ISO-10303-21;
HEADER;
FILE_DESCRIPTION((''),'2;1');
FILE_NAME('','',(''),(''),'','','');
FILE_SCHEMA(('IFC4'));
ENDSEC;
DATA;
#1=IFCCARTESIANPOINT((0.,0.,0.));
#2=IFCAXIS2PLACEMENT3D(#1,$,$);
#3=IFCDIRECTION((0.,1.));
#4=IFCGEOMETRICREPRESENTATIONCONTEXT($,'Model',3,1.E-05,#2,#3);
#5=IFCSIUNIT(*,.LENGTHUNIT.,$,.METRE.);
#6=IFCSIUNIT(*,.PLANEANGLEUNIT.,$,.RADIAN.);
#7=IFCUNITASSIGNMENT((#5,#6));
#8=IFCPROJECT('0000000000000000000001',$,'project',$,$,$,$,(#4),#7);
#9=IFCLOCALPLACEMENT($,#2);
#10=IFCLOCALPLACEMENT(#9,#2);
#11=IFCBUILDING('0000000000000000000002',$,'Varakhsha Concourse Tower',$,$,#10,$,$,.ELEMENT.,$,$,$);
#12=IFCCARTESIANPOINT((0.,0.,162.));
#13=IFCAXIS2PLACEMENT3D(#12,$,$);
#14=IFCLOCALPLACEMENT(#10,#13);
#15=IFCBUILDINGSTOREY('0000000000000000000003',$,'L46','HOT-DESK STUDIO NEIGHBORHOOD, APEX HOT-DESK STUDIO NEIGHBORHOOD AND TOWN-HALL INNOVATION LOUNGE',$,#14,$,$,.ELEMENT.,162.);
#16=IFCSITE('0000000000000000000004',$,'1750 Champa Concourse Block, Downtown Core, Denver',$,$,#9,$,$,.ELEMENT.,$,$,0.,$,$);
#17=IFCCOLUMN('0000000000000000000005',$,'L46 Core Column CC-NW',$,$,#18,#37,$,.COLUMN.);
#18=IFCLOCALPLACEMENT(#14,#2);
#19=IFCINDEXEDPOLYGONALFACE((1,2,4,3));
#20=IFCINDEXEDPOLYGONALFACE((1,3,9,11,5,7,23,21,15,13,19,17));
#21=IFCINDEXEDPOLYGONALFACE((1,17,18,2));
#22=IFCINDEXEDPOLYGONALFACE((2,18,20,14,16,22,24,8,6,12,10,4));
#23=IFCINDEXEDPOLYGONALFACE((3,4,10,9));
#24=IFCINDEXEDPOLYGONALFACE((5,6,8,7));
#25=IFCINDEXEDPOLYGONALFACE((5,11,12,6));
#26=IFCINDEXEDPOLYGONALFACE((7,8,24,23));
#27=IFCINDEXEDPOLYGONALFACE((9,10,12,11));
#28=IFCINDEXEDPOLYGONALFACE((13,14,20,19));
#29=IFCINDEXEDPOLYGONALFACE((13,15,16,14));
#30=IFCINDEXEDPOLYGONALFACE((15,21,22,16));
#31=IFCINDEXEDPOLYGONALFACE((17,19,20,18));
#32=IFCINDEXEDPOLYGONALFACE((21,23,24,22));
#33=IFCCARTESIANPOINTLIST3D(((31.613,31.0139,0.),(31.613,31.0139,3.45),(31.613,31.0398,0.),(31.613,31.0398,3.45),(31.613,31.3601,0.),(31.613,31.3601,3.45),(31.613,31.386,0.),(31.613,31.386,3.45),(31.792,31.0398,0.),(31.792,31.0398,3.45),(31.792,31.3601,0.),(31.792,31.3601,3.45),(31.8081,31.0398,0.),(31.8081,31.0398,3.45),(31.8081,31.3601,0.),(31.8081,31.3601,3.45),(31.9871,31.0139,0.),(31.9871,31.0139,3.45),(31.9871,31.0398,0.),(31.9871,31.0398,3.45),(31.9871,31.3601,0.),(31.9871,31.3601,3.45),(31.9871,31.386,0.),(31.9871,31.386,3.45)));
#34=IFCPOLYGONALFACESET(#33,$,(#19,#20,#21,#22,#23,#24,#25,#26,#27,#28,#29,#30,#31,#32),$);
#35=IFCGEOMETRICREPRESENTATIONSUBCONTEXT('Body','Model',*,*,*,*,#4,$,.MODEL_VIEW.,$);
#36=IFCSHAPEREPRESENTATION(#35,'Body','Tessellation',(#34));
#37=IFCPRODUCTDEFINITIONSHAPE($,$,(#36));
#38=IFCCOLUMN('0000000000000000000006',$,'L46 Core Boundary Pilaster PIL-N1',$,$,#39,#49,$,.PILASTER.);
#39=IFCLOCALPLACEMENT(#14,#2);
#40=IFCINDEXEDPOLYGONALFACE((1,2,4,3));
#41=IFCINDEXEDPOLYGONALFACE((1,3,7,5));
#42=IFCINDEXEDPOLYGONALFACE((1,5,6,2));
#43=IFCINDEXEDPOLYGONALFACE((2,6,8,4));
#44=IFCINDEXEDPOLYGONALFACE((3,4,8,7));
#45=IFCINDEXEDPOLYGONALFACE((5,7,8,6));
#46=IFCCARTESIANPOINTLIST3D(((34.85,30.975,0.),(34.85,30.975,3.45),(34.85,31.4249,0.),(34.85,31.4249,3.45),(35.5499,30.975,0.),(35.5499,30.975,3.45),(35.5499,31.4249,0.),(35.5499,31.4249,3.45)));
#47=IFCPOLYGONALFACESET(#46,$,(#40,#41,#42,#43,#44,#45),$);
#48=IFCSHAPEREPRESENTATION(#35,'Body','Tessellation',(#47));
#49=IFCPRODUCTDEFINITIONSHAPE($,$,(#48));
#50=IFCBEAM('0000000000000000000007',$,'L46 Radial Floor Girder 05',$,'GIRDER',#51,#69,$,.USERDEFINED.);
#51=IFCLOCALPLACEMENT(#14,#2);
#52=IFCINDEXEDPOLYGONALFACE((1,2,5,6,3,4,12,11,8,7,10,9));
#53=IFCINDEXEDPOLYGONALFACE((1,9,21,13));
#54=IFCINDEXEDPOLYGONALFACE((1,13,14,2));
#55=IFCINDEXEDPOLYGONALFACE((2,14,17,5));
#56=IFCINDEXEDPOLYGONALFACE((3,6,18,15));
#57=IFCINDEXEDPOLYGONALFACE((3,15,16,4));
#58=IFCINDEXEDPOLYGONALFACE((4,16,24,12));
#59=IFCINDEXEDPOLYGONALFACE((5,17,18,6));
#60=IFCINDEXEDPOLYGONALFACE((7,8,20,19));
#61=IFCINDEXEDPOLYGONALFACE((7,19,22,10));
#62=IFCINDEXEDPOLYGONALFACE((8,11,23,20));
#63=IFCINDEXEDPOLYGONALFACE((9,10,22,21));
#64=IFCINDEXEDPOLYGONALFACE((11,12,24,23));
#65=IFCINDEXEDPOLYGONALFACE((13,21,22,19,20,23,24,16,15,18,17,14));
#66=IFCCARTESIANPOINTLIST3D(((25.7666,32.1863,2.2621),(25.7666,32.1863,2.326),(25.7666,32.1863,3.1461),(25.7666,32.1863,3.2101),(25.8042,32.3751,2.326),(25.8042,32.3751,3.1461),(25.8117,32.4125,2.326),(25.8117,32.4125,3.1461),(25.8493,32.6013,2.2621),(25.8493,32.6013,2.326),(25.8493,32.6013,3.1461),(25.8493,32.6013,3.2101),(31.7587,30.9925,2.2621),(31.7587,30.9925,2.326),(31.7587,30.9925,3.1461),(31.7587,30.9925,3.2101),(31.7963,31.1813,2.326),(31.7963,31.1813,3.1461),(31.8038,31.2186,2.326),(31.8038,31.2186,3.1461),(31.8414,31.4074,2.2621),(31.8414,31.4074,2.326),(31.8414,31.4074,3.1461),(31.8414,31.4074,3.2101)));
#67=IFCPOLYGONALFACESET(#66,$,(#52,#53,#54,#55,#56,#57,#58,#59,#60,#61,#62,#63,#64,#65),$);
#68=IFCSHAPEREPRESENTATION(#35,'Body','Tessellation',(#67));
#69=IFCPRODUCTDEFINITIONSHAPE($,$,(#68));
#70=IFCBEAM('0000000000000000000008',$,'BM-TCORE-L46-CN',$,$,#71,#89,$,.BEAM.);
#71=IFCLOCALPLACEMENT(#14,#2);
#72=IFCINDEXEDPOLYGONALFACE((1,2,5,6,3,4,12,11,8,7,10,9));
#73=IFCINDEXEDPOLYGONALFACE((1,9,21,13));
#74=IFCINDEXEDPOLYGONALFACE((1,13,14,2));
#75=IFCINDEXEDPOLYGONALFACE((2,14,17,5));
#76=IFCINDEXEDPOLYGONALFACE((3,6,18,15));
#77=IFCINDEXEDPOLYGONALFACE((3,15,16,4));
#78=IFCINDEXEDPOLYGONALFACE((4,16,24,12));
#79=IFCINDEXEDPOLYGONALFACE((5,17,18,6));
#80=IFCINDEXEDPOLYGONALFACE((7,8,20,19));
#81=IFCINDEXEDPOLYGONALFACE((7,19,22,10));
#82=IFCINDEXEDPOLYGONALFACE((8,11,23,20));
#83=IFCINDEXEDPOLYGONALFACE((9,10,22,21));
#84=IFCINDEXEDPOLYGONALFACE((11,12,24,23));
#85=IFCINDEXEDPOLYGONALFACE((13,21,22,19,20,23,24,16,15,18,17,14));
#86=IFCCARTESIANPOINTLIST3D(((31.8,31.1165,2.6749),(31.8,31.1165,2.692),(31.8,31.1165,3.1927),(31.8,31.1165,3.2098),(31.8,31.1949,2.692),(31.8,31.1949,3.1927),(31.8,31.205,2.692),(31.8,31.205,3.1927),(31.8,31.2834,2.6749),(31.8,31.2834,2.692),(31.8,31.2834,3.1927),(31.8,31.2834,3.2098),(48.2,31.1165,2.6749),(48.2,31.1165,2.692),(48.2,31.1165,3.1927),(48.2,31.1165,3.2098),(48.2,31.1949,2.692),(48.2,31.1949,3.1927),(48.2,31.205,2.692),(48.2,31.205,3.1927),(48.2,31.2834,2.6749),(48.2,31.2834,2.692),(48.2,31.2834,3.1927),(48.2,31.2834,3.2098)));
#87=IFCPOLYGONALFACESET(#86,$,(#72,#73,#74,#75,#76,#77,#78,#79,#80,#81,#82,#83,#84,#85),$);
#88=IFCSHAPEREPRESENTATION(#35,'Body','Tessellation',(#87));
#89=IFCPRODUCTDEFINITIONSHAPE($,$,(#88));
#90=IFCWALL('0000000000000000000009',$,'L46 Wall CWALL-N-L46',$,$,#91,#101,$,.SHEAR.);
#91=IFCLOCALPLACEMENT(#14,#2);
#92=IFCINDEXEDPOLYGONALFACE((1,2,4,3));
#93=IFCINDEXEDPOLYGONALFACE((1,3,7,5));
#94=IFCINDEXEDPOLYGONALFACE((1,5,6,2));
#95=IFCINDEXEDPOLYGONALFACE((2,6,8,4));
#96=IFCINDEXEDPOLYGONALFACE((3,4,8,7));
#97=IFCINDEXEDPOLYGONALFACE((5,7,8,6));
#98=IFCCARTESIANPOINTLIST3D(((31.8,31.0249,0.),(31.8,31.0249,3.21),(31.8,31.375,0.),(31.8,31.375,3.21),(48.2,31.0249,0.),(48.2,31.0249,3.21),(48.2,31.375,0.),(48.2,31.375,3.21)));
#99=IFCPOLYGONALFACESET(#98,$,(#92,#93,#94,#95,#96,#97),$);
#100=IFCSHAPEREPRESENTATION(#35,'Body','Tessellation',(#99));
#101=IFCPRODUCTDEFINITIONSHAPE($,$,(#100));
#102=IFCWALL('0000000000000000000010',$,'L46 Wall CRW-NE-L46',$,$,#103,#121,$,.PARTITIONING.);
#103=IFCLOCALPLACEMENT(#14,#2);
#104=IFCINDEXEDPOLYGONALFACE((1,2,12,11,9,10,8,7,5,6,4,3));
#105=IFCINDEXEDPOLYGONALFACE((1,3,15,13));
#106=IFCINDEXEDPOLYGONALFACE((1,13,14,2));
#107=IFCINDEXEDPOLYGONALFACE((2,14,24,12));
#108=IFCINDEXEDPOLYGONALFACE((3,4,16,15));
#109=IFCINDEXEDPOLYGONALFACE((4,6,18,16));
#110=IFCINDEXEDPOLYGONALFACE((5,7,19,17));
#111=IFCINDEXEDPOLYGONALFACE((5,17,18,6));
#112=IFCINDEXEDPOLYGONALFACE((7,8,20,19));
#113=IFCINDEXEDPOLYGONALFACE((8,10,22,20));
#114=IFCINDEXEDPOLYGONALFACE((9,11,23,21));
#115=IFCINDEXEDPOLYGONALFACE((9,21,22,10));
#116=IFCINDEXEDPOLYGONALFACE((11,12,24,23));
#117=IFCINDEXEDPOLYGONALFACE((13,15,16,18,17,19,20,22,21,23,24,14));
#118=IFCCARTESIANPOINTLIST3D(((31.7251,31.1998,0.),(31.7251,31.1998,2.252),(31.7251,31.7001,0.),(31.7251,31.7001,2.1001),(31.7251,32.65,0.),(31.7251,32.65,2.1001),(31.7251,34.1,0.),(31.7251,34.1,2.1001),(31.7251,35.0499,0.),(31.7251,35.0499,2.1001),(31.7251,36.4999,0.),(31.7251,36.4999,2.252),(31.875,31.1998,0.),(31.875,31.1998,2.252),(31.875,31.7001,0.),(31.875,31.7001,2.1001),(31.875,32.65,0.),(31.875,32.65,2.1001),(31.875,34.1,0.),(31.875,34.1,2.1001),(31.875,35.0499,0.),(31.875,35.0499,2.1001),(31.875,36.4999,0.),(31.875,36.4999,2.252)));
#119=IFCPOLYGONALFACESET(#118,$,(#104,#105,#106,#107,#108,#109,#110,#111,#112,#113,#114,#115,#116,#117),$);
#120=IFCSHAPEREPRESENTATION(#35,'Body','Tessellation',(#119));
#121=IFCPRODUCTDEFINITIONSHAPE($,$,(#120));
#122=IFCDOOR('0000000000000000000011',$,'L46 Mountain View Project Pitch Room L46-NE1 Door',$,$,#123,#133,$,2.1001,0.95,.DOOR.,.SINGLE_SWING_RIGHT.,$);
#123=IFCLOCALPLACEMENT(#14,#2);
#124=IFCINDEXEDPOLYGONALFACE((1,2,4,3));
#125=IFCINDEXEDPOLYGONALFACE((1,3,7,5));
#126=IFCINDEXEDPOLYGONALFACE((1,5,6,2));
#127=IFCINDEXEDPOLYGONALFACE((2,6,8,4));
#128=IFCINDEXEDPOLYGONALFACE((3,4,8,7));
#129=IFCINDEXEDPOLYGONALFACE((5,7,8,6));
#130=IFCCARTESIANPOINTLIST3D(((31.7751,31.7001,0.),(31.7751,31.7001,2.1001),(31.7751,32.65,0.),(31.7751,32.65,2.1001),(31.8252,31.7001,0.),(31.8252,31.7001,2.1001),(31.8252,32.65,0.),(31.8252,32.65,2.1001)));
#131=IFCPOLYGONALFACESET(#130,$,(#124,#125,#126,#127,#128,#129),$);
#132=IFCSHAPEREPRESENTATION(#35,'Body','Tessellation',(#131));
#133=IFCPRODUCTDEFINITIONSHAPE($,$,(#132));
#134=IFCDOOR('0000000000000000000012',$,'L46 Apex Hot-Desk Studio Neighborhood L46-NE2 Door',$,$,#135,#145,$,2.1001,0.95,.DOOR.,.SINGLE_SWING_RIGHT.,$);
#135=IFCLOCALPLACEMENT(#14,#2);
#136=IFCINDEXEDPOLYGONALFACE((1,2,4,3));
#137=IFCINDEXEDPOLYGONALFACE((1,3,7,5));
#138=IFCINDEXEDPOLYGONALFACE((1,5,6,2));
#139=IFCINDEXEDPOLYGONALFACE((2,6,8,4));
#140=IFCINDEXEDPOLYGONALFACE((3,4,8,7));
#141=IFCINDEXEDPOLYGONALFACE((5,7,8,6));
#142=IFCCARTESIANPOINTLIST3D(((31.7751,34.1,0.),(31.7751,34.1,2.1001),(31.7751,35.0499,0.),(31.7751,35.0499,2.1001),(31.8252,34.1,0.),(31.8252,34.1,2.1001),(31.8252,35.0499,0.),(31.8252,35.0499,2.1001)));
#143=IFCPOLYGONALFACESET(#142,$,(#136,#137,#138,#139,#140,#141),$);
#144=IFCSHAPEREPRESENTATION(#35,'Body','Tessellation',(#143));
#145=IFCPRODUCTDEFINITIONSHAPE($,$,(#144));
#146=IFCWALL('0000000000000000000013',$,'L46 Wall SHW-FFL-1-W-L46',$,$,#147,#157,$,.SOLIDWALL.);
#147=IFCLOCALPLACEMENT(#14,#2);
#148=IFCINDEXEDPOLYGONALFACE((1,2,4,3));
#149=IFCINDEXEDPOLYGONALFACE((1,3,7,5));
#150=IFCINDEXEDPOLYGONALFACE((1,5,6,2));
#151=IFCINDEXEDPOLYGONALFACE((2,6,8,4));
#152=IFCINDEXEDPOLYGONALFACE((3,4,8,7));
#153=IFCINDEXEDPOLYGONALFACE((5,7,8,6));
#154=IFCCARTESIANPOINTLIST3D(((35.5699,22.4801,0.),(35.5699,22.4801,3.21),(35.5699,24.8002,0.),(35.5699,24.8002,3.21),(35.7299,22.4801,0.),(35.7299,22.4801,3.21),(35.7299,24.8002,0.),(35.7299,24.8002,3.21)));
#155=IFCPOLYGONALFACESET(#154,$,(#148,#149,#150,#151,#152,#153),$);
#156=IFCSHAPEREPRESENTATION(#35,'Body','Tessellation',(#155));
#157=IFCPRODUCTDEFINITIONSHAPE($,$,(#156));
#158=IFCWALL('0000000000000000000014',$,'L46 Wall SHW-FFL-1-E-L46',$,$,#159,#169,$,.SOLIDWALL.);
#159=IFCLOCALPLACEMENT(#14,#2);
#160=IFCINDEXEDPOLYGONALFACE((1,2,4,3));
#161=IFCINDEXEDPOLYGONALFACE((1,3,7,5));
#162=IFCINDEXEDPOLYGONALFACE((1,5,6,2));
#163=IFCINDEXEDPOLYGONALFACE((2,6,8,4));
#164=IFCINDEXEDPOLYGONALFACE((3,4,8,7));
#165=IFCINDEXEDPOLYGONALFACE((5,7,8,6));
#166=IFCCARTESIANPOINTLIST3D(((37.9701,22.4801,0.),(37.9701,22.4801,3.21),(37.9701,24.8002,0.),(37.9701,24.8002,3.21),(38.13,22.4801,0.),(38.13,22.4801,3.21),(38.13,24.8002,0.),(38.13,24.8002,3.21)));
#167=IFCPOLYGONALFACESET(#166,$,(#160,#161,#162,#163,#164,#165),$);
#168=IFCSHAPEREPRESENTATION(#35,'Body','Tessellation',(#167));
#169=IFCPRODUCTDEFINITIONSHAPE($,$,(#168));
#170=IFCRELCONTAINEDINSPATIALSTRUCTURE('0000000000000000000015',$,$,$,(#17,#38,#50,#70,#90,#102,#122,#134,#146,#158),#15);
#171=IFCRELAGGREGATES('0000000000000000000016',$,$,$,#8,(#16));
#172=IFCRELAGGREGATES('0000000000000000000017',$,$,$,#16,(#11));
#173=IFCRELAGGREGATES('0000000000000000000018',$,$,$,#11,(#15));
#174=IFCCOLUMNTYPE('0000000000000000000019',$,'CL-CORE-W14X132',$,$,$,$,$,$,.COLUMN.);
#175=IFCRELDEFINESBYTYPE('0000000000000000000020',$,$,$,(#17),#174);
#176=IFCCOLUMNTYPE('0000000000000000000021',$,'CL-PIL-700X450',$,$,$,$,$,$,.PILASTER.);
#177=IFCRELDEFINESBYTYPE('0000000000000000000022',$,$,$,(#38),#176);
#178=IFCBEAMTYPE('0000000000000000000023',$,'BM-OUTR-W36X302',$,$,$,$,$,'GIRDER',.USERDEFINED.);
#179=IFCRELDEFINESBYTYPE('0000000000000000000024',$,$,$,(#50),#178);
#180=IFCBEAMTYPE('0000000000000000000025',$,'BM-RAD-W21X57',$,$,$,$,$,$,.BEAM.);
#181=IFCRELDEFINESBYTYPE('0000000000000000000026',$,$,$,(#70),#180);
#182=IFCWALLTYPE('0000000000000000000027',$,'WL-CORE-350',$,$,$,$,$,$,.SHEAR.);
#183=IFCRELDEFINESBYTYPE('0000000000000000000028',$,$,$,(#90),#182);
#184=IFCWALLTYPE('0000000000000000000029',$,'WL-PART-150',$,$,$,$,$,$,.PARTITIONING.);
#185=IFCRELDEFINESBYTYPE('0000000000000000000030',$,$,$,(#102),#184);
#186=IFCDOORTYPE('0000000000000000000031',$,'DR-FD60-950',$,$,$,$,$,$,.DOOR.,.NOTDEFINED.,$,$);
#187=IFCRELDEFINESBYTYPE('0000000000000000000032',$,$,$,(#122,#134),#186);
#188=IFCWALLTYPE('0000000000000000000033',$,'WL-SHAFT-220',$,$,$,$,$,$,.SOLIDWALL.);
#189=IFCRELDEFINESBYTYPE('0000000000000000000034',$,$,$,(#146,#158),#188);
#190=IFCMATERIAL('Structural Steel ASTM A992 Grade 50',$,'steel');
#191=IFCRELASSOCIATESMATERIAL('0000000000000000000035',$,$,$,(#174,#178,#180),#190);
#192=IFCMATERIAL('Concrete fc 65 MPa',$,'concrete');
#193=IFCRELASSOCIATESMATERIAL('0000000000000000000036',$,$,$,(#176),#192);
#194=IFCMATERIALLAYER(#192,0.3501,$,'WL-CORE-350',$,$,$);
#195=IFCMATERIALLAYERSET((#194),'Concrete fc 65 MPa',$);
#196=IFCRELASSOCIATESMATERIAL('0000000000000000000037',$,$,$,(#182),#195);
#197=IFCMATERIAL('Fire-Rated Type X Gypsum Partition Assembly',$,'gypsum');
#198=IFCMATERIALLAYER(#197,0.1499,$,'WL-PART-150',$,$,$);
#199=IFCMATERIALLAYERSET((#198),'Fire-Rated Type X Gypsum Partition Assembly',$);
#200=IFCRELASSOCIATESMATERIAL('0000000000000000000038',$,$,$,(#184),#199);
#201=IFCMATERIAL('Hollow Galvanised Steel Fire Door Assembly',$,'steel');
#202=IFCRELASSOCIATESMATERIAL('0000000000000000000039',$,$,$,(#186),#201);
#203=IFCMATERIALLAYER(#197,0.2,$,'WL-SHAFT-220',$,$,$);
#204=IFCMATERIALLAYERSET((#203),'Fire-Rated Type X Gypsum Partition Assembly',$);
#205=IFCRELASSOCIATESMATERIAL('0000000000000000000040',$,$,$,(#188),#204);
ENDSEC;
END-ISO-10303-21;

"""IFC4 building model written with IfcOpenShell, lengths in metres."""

from ifc_helpers import new_model, si_unit, direction, frame, frame_2d, origin, origin_2d, place, context, subcontext, project, spatial, rectangle, i_section, extrude, material, layer, layer_set, material_profile, profile_set, type_object, element, fill, save


model = new_model("IFC4")

# Units and contexts
model_context = context("Model", 3, precision=1e-05, world=origin(), true_north=direction((0.0, 1.0)))
body_context = subcontext(model_context, "Body", "Model", "MODEL_VIEW")
ifc_project = project(units=[si_unit("LENGTHUNIT", "METRE"), si_unit("PLANEANGLEUNIT", "RADIAN")], contexts=[model_context])

# Site, building, storey
site_placement = place(None, origin())
site = spatial("IfcSite", under=ifc_project, at=site_placement, Name="1750 Champa Concourse Block, Downtown Core, Denver", CompositionType="ELEMENT", RefElevation=0.0)
building_placement = place(site_placement, origin())
building = spatial("IfcBuilding", under=site, at=building_placement, Name="Varakhsha Concourse Tower", CompositionType="ELEMENT")
storey_placement = place(building_placement, frame((0.0, 0.0, 162.0)))
storey = spatial("IfcBuildingStorey", under=building, at=storey_placement, Name="L46", Description="HOT-DESK STUDIO NEIGHBORHOOD, APEX HOT-DESK STUDIO NEIGHBORHOOD AND TOWN-HALL INNOVATION LOUNGE", CompositionType="ELEMENT", Elevation=162.0)

# Columns
ifc_material_1 = material(Name="Structural Steel ASTM A992 Grade 50", Category="steel")
ifc_material_profile_1 = material_profile(ifc_material_1, i_section(OverallWidth=0.374, OverallDepth=0.3721, WebThickness=0.0161, FlangeThickness=0.0259, at=origin_2d()), Name="W14X132")
ifc_profile_set_1 = profile_set([ifc_material_profile_1], Name="Structural Steel ASTM A992 Grade 50")
column_type_1 = type_object("IfcColumnType", Name="CL-CORE-W14X132", PredefinedType="COLUMN", material=ifc_profile_set_1)
column_1_placement = place(storey_placement, frame((31.8, 31.2, 0.0), z_axis=(0.0, 0.0, 1.0), x_axis=(1.0, 0.0, 0.0)))
element("IfcColumn", 1, at=column_1_placement, inside=storey, type_object=column_type_1, Name="L46 Core Column CC-NW", PredefinedType="COLUMN", context=body_context, shape_type="SweptSolid", body=[
    extrude(i_section(OverallWidth=0.374, OverallDepth=0.3721, WebThickness=0.0161, FlangeThickness=0.0259, at=origin_2d()), origin(), (0.0, 0.0, 1.0), 3.45),
])
ifc_material_2 = material(Name="Concrete fc 65 MPa", Category="concrete")
ifc_material_profile_2 = material_profile(ifc_material_2, rectangle(XDim=0.7, YDim=0.45, at=origin_2d()), Name="RC 700x450")
ifc_profile_set_2 = profile_set([ifc_material_profile_2], Name="Concrete fc 65 MPa")
column_type_2 = type_object("IfcColumnType", Name="CL-PIL-700X450", PredefinedType="PILASTER", material=ifc_profile_set_2)
column_2_placement = place(storey_placement, frame((35.2, 31.2, 0.0), z_axis=(0.0, 0.0, 1.0), x_axis=(1.0, 0.0, 0.0)))
element("IfcColumn", 2, at=column_2_placement, inside=storey, type_object=column_type_2, Name="L46 Core Boundary Pilaster PIL-N1", PredefinedType="PILASTER", context=body_context, shape_type="SweptSolid", body=[
    extrude(rectangle(XDim=0.7, YDim=0.45, at=origin_2d()), origin(), (0.0, 0.0, 1.0), 3.45),
])

# Beams
ifc_material_profile_3 = material_profile(ifc_material_1, i_section(OverallWidth=0.4231, OverallDepth=0.948, WebThickness=0.0381, FlangeThickness=0.064, at=origin_2d()), Name="W36X302")
ifc_profile_set_3 = profile_set([ifc_material_profile_3], Name="Structural Steel ASTM A992 Grade 50")
beam_type_1 = type_object("IfcBeamType", Name="BM-OUTR-W36X302", ElementType="GIRDER", PredefinedType="USERDEFINED", material=ifc_profile_set_3)
beam_1_placement = place(storey_placement, frame((31.8, 31.2, 2.7361), z_axis=(-0.980725, 0.195394, 0.0), x_axis=(-0.195394, -0.980725, 0.0)))
element("IfcBeam", 3, at=beam_1_placement, inside=storey, type_object=beam_type_1, Name="L46 Radial Floor Girder 05", ObjectType="GIRDER", PredefinedType="USERDEFINED", context=body_context, shape_type="SweptSolid", body=[
    extrude(i_section(OverallWidth=0.4231, OverallDepth=0.948, WebThickness=0.0381, FlangeThickness=0.064, at=origin_2d()), origin(), (0.0, 0.0, 1.0), 6.1099),
])
ifc_material_profile_4 = material_profile(ifc_material_1, i_section(OverallWidth=0.167, OverallDepth=0.5349, WebThickness=0.01, FlangeThickness=0.0171, at=origin_2d()), Name="W21X57")
ifc_profile_set_4 = profile_set([ifc_material_profile_4], Name="Structural Steel ASTM A992 Grade 50")
beam_type_2 = type_object("IfcBeamType", Name="BM-RAD-W21X57", PredefinedType="BEAM", material=ifc_profile_set_4)
beam_2_placement = place(storey_placement, frame((31.8, 31.2, 2.9424), z_axis=(1.0, 0.0, 0.0), x_axis=(0.0, 1.0, 0.0)))
element("IfcBeam", 4, at=beam_2_placement, inside=storey, type_object=beam_type_2, Name="BM-TCORE-L46-CN", PredefinedType="BEAM", context=body_context, shape_type="SweptSolid", body=[
    extrude(i_section(OverallWidth=0.167, OverallDepth=0.5349, WebThickness=0.01, FlangeThickness=0.0171, at=origin_2d()), origin(), (0.0, 0.0, 1.0), 16.3999),
])

# Wall
ifc_layer_1 = layer(ifc_material_2, 0.3501, Name="WL-CORE-350")
ifc_layer_set_1 = layer_set([ifc_layer_1], Name="Concrete fc 65 MPa")
wall_type_1 = type_object("IfcWallType", Name="WL-CORE-350", PredefinedType="SHEAR", material=ifc_layer_set_1)
wall_1_placement = place(storey_placement, frame((31.8, 31.2, 0.0), z_axis=(0.0, 0.0, 1.0), x_axis=(1.0, 0.0, 0.0)))
element("IfcWall", 5, at=wall_1_placement, inside=storey, type_object=wall_type_1, Name="L46 Wall CWALL-N-L46", PredefinedType="SHEAR", context=body_context, shape_type="SweptSolid", body=[
    extrude(rectangle(XDim=16.3999, YDim=0.3501, at=frame_2d((8.2, 0.0))), origin(), (0.0, 0.0, 1.0), 3.21),
])

# Wall, openings, doors
ifc_material_3 = material(Name="Fire-Rated Type X Gypsum Partition Assembly", Category="gypsum")
ifc_layer_2 = layer(ifc_material_3, 0.1499, Name="WL-PART-150")
ifc_layer_set_2 = layer_set([ifc_layer_2], Name="Fire-Rated Type X Gypsum Partition Assembly")
wall_type_2 = type_object("IfcWallType", Name="WL-PART-150", PredefinedType="PARTITIONING", material=ifc_layer_set_2)
wall_2_placement = place(storey_placement, frame((31.8, 31.2, 0.0), z_axis=(0.0, 0.0, 1.0), x_axis=(0.0, 1.0, 0.0)))
wall_2 = element("IfcWall", 6, at=wall_2_placement, inside=storey, type_object=wall_type_2, Name="L46 Wall CRW-NE-L46", PredefinedType="PARTITIONING", context=body_context, shape_type="SweptSolid", body=[
    extrude(rectangle(XDim=5.3, YDim=0.1499, at=frame_2d((2.6499, 0.0))), origin(), (0.0, 0.0, 1.0), 2.252),
])
opening_1_placement = place(wall_2_placement, frame((0.5, 0.0, 0.0)))
opening_1 = element("IfcOpeningElement", 7, at=opening_1_placement, cuts=wall_2, PredefinedType="OPENING", context=body_context, shape_type="SweptSolid", body=[
    extrude(rectangle(XDim=0.95, YDim=2.1001, at=frame_2d((0.4751, 1.05))), frame((0.0, 0.085, 0.0), z_axis=(0.0, -1.0, 0.0), x_axis=(1.0, 0.0, 0.0)), (0.0, 0.0, 1.0), 0.1699),
])
opening_2_placement = place(wall_2_placement, frame((2.8999, 0.0, 0.0)))
opening_2 = element("IfcOpeningElement", 8, at=opening_2_placement, cuts=wall_2, PredefinedType="OPENING", context=body_context, shape_type="SweptSolid", body=[
    extrude(rectangle(XDim=0.95, YDim=2.1001, at=frame_2d((0.4751, 1.05))), frame((0.0, 0.085, 0.0), z_axis=(0.0, -1.0, 0.0), x_axis=(1.0, 0.0, 0.0)), (0.0, 0.0, 1.0), 0.1699),
])
ifc_material_4 = material(Name="Hollow Galvanised Steel Fire Door Assembly", Category="steel")
door_type_1 = type_object("IfcDoorType", Name="DR-FD60-950", OperationType="NOTDEFINED", PredefinedType="DOOR", material=ifc_material_4)
door_1_placement = place(opening_1_placement, origin())
door_1 = element("IfcDoor", 9, at=door_1_placement, inside=storey, type_object=door_type_1, Name="L46 Mountain View Project Pitch Room L46-NE1 Door", OperationType="SINGLE_SWING_RIGHT", OverallHeight=2.1001, OverallWidth=0.95, PredefinedType="DOOR", context=body_context, shape_type="SweptSolid", body=[
    extrude(rectangle(XDim=0.95, YDim=2.1001, at=frame_2d((0.4751, 1.05))), frame((0.0, 0.0249, 0.0), z_axis=(0.0, -1.0, 0.0), x_axis=(1.0, 0.0, 0.0)), (0.0, 0.0, 1.0), 0.05),
])
fill(opening_1, door_1)
door_2_placement = place(opening_2_placement, origin())
door_2 = element("IfcDoor", 10, at=door_2_placement, inside=storey, type_object=door_type_1, Name="L46 Apex Hot-Desk Studio Neighborhood L46-NE2 Door", OperationType="SINGLE_SWING_RIGHT", OverallHeight=2.1001, OverallWidth=0.95, PredefinedType="DOOR", context=body_context, shape_type="SweptSolid", body=[
    extrude(rectangle(XDim=0.95, YDim=2.1001, at=frame_2d((0.4751, 1.05))), frame((0.0, 0.0249, 0.0), z_axis=(0.0, -1.0, 0.0), x_axis=(1.0, 0.0, 0.0)), (0.0, 0.0, 1.0), 0.05),
])
fill(opening_2, door_2)
ifc_layer_3 = layer(ifc_material_3, 0.2, Name="WL-SHAFT-220")
ifc_layer_set_3 = layer_set([ifc_layer_3], Name="Fire-Rated Type X Gypsum Partition Assembly")
wall_type_3 = type_object("IfcWallType", Name="WL-SHAFT-220", PredefinedType="SOLIDWALL", material=ifc_layer_set_3)

# Walls
for number, where, z_axis, x_axis, name in (
    (11, (35.6499, 22.48, 0.0), (0.0, 0.0, 1.0), (0.0, 1.0, 0.0), "L46 Wall SHW-FFL-1-W-L46"),
    (12, (38.05, 22.48, 0.0), (0.0, 0.0, 1.0), (0.0, 1.0, 0.0), "L46 Wall SHW-FFL-1-E-L46"),
):
    element("IfcWall", number, at=place(storey_placement, frame(where, z_axis=z_axis, x_axis=x_axis)), inside=storey, type_object=wall_type_3, Name=name, PredefinedType="SOLIDWALL", context=body_context, shape_type="SweptSolid", body=[
        extrude(rectangle(XDim=2.3201, YDim=0.1599, at=frame_2d((1.1602, 0.0))), origin(), (0.0, 0.0, 1.0), 3.21),
    ])

save(model, "model.ifc")
